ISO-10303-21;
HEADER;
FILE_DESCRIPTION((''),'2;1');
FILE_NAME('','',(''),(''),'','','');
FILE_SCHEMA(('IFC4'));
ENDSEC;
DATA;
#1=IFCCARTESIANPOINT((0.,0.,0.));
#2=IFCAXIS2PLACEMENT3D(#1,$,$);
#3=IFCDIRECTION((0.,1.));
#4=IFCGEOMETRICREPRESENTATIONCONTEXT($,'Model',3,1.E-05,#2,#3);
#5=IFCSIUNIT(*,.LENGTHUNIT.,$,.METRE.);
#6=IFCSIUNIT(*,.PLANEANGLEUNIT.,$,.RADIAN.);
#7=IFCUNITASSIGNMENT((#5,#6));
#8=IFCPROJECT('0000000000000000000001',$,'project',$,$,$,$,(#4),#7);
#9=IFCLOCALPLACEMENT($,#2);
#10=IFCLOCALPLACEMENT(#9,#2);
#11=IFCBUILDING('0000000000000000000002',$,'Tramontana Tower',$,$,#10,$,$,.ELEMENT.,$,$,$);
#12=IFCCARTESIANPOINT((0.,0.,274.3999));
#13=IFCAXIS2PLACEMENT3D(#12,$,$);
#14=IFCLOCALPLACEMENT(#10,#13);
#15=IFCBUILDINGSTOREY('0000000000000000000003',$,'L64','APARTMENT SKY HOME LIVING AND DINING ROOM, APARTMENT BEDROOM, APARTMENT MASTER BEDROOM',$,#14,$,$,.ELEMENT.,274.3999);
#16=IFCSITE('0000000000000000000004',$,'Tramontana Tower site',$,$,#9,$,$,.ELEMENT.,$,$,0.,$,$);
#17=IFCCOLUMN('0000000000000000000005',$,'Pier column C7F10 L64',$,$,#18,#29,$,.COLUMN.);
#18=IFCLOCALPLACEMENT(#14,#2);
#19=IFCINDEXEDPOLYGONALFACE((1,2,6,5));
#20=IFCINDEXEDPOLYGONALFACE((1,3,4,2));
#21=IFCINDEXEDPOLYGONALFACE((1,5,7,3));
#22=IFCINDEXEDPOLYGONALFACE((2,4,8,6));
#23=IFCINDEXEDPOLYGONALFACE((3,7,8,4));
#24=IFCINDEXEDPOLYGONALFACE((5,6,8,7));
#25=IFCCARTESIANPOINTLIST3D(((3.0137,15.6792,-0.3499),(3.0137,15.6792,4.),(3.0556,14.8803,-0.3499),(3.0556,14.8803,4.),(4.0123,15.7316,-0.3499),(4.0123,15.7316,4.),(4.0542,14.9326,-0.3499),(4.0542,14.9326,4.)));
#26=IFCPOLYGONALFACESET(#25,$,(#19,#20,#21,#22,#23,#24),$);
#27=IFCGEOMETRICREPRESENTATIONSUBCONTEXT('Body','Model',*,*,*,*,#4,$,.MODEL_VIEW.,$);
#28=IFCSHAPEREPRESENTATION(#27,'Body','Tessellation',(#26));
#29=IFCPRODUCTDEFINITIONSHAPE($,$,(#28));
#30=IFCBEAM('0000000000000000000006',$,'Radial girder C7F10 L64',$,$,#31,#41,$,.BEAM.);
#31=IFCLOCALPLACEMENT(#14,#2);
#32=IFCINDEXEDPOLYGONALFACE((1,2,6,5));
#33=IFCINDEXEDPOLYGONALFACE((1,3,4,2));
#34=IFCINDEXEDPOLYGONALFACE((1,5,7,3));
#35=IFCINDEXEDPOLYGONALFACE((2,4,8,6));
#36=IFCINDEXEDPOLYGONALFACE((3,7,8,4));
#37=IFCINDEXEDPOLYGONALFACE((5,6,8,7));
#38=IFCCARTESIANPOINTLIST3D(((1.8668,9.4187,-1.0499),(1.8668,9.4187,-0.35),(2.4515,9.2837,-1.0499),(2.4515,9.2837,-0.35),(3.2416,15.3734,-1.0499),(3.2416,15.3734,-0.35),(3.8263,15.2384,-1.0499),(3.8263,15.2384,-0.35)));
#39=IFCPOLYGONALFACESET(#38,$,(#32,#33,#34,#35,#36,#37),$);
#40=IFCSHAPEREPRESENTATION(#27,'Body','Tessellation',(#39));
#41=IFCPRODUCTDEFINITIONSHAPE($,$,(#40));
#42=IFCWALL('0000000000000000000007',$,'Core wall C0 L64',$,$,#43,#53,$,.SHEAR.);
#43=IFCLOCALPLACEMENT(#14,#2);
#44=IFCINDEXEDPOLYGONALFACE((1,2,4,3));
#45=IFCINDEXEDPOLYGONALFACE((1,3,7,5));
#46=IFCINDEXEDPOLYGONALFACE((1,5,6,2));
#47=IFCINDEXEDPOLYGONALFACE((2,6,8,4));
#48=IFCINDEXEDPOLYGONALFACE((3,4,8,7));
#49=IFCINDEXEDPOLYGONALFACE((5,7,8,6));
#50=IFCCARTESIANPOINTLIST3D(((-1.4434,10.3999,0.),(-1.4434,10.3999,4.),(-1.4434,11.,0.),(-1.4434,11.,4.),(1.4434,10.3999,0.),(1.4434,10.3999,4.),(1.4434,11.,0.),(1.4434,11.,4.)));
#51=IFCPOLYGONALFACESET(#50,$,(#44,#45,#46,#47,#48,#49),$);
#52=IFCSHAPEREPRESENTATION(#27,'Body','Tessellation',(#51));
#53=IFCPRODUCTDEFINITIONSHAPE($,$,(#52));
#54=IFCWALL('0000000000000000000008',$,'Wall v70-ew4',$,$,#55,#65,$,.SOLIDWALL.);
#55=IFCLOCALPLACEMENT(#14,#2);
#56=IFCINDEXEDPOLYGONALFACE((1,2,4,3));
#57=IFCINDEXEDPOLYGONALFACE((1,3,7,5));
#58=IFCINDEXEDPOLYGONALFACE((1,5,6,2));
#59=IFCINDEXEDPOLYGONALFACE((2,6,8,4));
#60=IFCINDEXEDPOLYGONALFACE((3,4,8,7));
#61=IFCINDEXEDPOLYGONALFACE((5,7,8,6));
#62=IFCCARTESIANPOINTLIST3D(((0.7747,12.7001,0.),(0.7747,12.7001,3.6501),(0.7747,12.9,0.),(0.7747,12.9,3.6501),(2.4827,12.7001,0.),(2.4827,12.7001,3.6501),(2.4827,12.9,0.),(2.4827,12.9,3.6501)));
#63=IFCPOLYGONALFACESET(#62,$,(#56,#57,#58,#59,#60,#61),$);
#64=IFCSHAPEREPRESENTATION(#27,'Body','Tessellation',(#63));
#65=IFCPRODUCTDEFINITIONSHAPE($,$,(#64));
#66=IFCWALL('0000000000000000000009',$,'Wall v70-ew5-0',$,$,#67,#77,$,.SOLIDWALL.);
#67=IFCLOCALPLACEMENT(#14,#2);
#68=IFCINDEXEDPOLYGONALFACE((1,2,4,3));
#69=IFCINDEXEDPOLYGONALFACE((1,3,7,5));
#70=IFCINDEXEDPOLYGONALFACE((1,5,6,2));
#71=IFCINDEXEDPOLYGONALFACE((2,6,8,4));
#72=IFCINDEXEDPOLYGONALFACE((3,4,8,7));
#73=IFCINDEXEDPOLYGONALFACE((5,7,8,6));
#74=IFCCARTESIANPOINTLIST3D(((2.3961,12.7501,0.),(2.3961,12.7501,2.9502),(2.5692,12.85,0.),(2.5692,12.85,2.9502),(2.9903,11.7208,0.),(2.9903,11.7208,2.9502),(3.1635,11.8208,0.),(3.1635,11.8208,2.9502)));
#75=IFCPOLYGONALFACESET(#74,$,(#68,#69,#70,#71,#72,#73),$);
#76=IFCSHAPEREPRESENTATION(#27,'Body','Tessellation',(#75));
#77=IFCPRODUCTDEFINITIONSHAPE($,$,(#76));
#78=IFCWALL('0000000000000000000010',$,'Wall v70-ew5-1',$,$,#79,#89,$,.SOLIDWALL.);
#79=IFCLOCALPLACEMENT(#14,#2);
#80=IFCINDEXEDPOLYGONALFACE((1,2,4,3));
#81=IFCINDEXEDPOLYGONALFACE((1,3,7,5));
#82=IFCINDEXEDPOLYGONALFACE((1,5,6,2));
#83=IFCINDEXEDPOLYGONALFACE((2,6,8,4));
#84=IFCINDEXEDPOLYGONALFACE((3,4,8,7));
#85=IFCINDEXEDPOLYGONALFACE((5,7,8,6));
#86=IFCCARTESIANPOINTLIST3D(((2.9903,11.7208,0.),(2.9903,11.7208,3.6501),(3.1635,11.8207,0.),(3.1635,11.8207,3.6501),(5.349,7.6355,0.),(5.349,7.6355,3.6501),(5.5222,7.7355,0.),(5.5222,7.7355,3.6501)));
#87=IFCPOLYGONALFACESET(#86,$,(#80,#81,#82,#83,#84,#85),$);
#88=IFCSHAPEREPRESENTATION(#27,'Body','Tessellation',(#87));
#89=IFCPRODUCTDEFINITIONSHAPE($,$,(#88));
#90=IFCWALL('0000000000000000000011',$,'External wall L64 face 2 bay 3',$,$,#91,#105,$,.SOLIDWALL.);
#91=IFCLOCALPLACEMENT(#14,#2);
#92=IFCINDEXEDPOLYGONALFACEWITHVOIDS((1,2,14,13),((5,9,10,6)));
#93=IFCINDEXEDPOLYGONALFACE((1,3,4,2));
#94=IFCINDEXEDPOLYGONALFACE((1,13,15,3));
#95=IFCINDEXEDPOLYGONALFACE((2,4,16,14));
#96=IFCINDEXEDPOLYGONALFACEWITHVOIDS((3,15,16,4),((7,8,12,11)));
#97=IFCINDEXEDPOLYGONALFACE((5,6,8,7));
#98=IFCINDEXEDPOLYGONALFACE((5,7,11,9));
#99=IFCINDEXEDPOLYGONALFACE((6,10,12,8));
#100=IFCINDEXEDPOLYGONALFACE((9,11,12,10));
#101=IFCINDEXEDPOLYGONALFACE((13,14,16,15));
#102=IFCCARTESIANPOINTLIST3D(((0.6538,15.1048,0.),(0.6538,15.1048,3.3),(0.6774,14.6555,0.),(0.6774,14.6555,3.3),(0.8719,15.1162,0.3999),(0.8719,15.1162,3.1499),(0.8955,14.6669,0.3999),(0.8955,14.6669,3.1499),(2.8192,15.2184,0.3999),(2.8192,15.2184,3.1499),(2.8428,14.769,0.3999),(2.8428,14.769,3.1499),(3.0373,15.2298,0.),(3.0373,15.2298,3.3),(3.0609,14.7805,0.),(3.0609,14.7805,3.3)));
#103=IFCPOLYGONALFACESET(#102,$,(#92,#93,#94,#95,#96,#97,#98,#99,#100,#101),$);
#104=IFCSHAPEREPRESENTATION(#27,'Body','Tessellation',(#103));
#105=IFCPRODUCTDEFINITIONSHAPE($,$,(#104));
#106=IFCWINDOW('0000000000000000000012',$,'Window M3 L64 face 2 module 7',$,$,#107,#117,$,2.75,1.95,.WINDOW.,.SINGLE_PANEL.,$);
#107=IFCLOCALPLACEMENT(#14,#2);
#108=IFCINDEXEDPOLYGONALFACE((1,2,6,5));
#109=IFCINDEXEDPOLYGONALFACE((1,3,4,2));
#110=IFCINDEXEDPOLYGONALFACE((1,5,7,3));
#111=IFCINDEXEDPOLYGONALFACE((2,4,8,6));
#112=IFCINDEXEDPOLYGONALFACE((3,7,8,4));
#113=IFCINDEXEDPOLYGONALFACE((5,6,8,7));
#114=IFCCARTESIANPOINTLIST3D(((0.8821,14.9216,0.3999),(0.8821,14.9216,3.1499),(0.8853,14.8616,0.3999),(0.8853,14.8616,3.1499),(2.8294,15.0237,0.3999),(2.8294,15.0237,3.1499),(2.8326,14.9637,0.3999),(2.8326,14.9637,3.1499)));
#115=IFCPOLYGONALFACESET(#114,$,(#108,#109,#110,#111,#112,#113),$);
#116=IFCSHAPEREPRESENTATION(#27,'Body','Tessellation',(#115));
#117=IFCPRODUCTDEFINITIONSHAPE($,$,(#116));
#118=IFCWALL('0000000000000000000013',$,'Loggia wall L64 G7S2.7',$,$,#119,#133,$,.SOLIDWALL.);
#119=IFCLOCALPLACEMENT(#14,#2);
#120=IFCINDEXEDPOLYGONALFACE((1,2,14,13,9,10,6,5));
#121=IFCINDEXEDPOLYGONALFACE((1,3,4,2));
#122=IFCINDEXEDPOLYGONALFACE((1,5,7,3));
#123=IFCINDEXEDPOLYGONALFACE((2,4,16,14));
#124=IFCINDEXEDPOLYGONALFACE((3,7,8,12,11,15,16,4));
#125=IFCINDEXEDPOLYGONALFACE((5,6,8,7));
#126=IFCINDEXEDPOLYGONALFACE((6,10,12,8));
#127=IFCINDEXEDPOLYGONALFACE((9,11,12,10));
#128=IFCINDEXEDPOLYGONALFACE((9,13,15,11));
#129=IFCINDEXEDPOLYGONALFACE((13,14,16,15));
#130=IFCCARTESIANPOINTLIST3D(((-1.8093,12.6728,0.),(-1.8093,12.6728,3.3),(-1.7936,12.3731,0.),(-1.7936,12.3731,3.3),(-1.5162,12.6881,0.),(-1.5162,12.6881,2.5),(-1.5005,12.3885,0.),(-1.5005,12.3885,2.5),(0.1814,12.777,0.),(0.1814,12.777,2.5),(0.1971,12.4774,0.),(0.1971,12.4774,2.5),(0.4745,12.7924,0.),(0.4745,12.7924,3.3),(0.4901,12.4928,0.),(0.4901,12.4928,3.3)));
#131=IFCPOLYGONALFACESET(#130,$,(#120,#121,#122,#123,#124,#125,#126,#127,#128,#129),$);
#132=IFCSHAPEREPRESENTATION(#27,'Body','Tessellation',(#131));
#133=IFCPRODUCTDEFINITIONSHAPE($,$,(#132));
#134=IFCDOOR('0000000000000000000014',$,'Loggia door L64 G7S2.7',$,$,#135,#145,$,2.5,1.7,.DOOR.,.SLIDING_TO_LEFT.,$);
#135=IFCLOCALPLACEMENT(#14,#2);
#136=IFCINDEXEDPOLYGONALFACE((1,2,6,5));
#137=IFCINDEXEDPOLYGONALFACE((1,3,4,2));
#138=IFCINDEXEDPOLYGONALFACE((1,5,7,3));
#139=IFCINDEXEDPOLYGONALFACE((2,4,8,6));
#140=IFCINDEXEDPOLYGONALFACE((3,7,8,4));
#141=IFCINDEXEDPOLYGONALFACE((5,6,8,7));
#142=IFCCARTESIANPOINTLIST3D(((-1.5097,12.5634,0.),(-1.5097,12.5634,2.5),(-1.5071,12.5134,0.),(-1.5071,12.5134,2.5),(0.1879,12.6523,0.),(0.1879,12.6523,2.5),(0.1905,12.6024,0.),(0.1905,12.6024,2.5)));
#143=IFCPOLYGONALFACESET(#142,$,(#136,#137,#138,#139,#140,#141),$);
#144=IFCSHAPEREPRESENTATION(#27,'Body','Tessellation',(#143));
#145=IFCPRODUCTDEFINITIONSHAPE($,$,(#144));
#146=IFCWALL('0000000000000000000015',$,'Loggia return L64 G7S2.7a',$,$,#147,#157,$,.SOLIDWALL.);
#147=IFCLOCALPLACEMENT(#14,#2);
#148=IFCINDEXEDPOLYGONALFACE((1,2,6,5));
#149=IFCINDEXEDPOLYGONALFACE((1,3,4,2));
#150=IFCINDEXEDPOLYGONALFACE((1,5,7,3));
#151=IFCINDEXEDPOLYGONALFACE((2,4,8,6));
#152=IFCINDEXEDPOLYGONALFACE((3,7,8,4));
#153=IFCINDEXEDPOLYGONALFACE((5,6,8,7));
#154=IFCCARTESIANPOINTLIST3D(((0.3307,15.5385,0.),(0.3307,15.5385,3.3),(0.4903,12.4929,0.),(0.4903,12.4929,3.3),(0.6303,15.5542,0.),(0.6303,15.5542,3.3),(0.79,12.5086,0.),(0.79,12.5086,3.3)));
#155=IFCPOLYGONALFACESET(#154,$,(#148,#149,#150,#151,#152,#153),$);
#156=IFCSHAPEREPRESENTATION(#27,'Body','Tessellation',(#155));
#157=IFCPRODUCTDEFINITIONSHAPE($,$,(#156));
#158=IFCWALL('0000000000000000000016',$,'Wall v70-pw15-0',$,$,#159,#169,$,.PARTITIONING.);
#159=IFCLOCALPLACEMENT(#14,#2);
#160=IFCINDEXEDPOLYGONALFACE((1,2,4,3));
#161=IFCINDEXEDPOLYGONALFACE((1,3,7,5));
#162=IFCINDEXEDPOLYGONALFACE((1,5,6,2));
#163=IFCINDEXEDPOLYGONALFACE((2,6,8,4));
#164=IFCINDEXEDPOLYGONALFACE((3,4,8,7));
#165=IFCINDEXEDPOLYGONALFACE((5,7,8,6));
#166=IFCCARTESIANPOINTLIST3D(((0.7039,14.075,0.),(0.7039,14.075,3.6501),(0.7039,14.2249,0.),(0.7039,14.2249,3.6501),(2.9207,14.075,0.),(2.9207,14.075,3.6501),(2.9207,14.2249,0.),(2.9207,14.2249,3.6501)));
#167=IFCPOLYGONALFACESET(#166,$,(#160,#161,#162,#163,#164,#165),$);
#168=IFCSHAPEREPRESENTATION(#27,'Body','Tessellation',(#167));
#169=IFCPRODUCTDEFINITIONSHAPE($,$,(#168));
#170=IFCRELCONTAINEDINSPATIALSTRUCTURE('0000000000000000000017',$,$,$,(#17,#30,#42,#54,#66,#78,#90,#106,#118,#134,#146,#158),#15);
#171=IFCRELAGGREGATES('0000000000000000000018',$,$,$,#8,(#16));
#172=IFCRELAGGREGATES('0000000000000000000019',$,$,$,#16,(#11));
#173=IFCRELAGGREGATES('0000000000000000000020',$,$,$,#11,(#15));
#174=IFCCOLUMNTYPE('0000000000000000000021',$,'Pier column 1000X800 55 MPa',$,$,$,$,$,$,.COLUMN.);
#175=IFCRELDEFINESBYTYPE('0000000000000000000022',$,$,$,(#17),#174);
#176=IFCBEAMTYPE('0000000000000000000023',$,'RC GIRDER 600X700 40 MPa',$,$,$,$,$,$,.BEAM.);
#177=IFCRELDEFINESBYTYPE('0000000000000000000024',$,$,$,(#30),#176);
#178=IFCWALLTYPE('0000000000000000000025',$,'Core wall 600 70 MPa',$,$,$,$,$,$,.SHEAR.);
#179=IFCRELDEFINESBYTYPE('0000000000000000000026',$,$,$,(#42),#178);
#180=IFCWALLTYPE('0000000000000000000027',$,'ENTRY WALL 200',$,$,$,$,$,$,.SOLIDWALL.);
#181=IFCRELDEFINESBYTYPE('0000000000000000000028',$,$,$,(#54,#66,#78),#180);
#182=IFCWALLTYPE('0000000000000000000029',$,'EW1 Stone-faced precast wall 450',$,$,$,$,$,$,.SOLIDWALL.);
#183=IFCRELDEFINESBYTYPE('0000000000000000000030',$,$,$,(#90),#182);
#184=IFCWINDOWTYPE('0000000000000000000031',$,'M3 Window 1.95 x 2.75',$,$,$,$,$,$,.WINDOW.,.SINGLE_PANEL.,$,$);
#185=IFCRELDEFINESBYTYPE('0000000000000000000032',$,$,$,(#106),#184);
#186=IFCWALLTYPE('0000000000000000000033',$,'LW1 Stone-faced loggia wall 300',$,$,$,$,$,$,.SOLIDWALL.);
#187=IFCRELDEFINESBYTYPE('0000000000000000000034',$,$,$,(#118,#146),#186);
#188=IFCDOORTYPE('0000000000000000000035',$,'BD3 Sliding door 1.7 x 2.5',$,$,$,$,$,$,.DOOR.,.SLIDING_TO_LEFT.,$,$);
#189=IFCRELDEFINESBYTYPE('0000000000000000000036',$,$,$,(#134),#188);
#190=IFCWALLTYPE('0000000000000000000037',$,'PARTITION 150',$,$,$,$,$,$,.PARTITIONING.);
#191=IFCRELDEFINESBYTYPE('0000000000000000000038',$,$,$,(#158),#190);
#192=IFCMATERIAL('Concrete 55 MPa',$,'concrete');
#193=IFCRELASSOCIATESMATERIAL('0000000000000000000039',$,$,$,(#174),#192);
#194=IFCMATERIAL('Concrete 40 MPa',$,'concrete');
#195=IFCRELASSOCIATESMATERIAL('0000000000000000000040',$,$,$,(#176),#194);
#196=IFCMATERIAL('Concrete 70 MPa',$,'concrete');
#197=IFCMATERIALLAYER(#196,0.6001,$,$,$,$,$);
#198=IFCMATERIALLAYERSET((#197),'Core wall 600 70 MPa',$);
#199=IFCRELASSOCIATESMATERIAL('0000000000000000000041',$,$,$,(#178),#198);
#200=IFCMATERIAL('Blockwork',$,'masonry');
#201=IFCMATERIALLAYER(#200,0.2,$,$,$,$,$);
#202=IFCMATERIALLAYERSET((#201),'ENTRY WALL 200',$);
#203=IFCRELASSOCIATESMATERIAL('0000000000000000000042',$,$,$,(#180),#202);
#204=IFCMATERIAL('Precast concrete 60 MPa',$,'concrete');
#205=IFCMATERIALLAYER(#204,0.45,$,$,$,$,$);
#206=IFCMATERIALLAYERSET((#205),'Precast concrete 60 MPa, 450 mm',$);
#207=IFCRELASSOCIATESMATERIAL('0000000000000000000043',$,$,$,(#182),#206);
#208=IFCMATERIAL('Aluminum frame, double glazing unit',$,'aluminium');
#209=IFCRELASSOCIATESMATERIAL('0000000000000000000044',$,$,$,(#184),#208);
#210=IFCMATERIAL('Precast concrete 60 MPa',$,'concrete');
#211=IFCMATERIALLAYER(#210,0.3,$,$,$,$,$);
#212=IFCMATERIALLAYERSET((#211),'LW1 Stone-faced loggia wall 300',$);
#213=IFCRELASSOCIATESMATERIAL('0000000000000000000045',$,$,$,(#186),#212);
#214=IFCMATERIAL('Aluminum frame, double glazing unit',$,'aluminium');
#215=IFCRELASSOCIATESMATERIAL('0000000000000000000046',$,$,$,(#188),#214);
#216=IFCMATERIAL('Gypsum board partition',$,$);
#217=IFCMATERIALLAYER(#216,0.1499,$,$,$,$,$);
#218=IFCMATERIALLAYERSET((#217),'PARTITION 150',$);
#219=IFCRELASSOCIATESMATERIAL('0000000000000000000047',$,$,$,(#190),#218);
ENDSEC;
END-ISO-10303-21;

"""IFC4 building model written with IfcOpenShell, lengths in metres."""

from ifc_helpers import new_model, si_unit, direction, frame, frame_2d, origin, origin_2d, place, context, subcontext, project, spatial, rectangle, extrude, material, layer, layer_set, material_profile, profile_set, type_object, element, fill, save


model = new_model("IFC4")

# Units and contexts
model_context = context("Model", 3, precision=1e-05, world=origin(), true_north=direction((0.0, 1.0)))
body_context = subcontext(model_context, "Body", "Model", "MODEL_VIEW")
ifc_project = project(units=[si_unit("LENGTHUNIT", "METRE"), si_unit("PLANEANGLEUNIT", "RADIAN")], contexts=[model_context])

# Site, building, storey
site_placement = place(None, origin())
site = spatial("IfcSite", under=ifc_project, at=site_placement, Name="Tramontana Tower site", CompositionType="ELEMENT", RefElevation=0.0)
building_placement = place(site_placement, origin())
building = spatial("IfcBuilding", under=site, at=building_placement, Name="Tramontana Tower", CompositionType="ELEMENT")
storey_placement = place(building_placement, frame((0.0, 0.0, 274.3999)))
storey = spatial("IfcBuildingStorey", under=building, at=storey_placement, Name="L64", Description="APARTMENT SKY HOME LIVING AND DINING ROOM, APARTMENT BEDROOM, APARTMENT MASTER BEDROOM", CompositionType="ELEMENT", Elevation=274.3999)

# Column
ifc_material_1 = material(Name="Concrete 55 MPa", Category="concrete")
ifc_material_profile_1 = material_profile(ifc_material_1, rectangle(XDim=1.0, YDim=0.8, at=origin_2d()), Name="Pier column 1000X800 55 MPa")
ifc_profile_set_1 = profile_set([ifc_material_profile_1], Name="Concrete 55 MPa")
column_type = type_object("IfcColumnType", Name="Pier column 1000X800 55 MPa", PredefinedType="COLUMN", material=ifc_profile_set_1)
column_placement = place(storey_placement, frame((3.5339, 15.3059, -0.3499), z_axis=(0.0, 0.0, 1.0), x_axis=(-0.99863, -0.052336, 0.0)))
element("IfcColumn", 1, at=column_placement, inside=storey, type_object=column_type, Name="Pier column C7F10 L64", PredefinedType="COLUMN", context=body_context, shape_type="SweptSolid", body=[
    extrude(rectangle(XDim=1.0, YDim=0.8, at=origin_2d()), origin(), (0.0, 0.0, 1.0), 4.3499),
])

# Beam
ifc_material_2 = material(Name="Concrete 40 MPa", Category="concrete")
ifc_material_profile_2 = material_profile(ifc_material_2, rectangle(XDim=0.6001, YDim=0.7, at=origin_2d()), Name="RC GIRDER 600X700 40 MPa")
ifc_profile_set_2 = profile_set([ifc_material_profile_2], Name="Concrete 40 MPa")
beam_type = type_object("IfcBeamType", Name="RC GIRDER 600X700 40 MPa", PredefinedType="BEAM", material=ifc_profile_set_2)
beam_placement = place(storey_placement, frame((3.5339, 15.3059, -0.7), z_axis=(-0.224956, -0.974369, 0.0), x_axis=(0.974369, -0.224956, 0.0)))
element("IfcBeam", 2, at=beam_placement, inside=storey, type_object=beam_type, Name="Radial girder C7F10 L64", PredefinedType="BEAM", context=body_context, shape_type="SweptSolid", body=[
    extrude(rectangle(XDim=0.6001, YDim=0.7, at=origin_2d()), origin(), (0.0, 0.0, 1.0), 6.1113),
])

# Walls
ifc_material_3 = material(Name="Concrete 70 MPa", Category="concrete")
ifc_layer_1 = layer(ifc_material_3, 0.6001)
ifc_layer_set_1 = layer_set([ifc_layer_1], Name="Core wall 600 70 MPa")
wall_type_1 = type_object("IfcWallType", Name="Core wall 600 70 MPa", PredefinedType="SHEAR", material=ifc_layer_set_1)
wall_1_placement = place(storey_placement, frame((1.4434, 10.7, 0.0), z_axis=(0.0, 0.0, 1.0), x_axis=(-1.0, 0.0, 0.0)))
element("IfcWall", 3, at=wall_1_placement, inside=storey, type_object=wall_type_1, Name="Core wall C0 L64", PredefinedType="SHEAR", context=body_context, shape_type="SweptSolid", body=[
    extrude(rectangle(XDim=2.8867, YDim=0.6001, at=frame_2d((1.4434, 0.0))), origin(), (0.0, 0.0, 1.0), 4.0),
])
ifc_material_4 = material(Name="Blockwork", Category="masonry")
ifc_layer_2 = layer(ifc_material_4, 0.2)
ifc_layer_set_2 = layer_set([ifc_layer_2], Name="ENTRY WALL 200")
wall_type_2 = type_object("IfcWallType", Name="ENTRY WALL 200", PredefinedType="SOLIDWALL", material=ifc_layer_set_2)
wall_2_placement = place(storey_placement, frame((0.7747, 12.8, 0.0), z_axis=(0.0, 0.0, 1.0), x_axis=(1.0, 0.0, 0.0)))
element("IfcWall", 4, at=wall_2_placement, inside=storey, type_object=wall_type_2, Name="Wall v70-ew4", PredefinedType="SOLIDWALL", context=body_context, shape_type="SweptSolid", body=[
    extrude(rectangle(XDim=1.708, YDim=0.2, at=frame_2d((0.854, 0.0))), origin(), (0.0, 0.0, 1.0), 3.6501),
])
wall_3_placement = place(storey_placement, frame((2.4827, 12.8, 0.0), z_axis=(0.0, 0.0, 1.0), x_axis=(0.499983, -0.866035, 0.0)))
element("IfcWall", 5, at=wall_3_placement, inside=storey, type_object=wall_type_2, Name="Wall v70-ew5-0", PredefinedType="SOLIDWALL", context=body_context, shape_type="SweptSolid", body=[
    extrude(rectangle(XDim=1.1885, YDim=0.2, at=frame_2d((0.5942, 0.0))), origin(), (0.0, 0.0, 1.0), 2.9502),
])
wall_4_placement = place(storey_placement, frame((3.0769, 11.7708, 0.0), z_axis=(0.0, 0.0, 1.0), x_axis=(0.500008, -0.866021, 0.0)))
element("IfcWall", 6, at=wall_4_placement, inside=storey, type_object=wall_type_2, Name="Wall v70-ew5-1", PredefinedType="SOLIDWALL", context=body_context, shape_type="SweptSolid", body=[
    extrude(rectangle(XDim=4.7173, YDim=0.2, at=frame_2d((2.3586, 0.0))), origin(), (0.0, 0.0, 1.0), 3.6501),
])

# Wall, opening, window
ifc_material_5 = material(Name="Precast concrete 60 MPa", Category="concrete")
ifc_layer_3 = layer(ifc_material_5, 0.45)
ifc_layer_set_3 = layer_set([ifc_layer_3], Name="Precast concrete 60 MPa, 450 mm")
wall_type_3 = type_object("IfcWallType", Name="EW1 Stone-faced precast wall 450", PredefinedType="SOLIDWALL", material=ifc_layer_set_3)
wall_5_placement = place(storey_placement, frame((3.0491, 15.0051, 0.0), z_axis=(0.0, 0.0, 1.0), x_axis=(-0.998628, -0.052371, 0.0)))
wall_5 = element("IfcWall", 7, at=wall_5_placement, inside=storey, type_object=wall_type_3, Name="External wall L64 face 2 bay 3", PredefinedType="SOLIDWALL", context=body_context, shape_type="SweptSolid", body=[
    extrude(rectangle(XDim=2.3867, YDim=0.45, at=frame_2d((1.1934, 0.0))), origin(), (0.0, 0.0, 1.0), 3.3),
])
opening_1_placement = place(wall_5_placement, frame((0.2183, 0.0, 0.3999)))
opening_1 = element("IfcOpeningElement", 8, at=opening_1_placement, cuts=wall_5, PredefinedType="OPENING", context=body_context, shape_type="SweptSolid", body=[
    extrude(rectangle(XDim=1.95, YDim=2.75, at=frame_2d((0.9751, 1.375))), frame((0.0, 0.2349, 0.0), z_axis=(0.0, -1.0, 0.0), x_axis=(1.0, 0.0, 0.0)), (0.0, 0.0, 1.0), 0.47),
])
ifc_material_6 = material(Name="Aluminum frame, double glazing unit", Category="aluminium")
window_type = type_object("IfcWindowType", Name="M3 Window 1.95 x 2.75", PartitioningType="SINGLE_PANEL", PredefinedType="WINDOW", material=ifc_material_6)
window_placement = place(opening_1_placement, origin())
window = element("IfcWindow", 9, at=window_placement, inside=storey, type_object=window_type, Name="Window M3 L64 face 2 module 7", OverallHeight=2.75, OverallWidth=1.95, PartitioningType="SINGLE_PANEL", PredefinedType="WINDOW", context=body_context, shape_type="SweptSolid", body=[
    extrude(rectangle(XDim=1.95, YDim=2.75, at=frame_2d((0.9751, 1.375))), frame((0.0, 0.03, 0.0), z_axis=(0.0, -1.0, 0.0), x_axis=(1.0, 0.0, 0.0)), (0.0, 0.0, 1.0), 0.0601),
])
fill(opening_1, window)

# Wall, opening, door
ifc_material_7 = material(Name="Precast concrete 60 MPa", Category="concrete")
ifc_layer_4 = layer(ifc_material_7, 0.3)
ifc_layer_set_4 = layer_set([ifc_layer_4], Name="LW1 Stone-faced loggia wall 300")
wall_type_4 = type_object("IfcWallType", Name="LW1 Stone-faced loggia wall 300", PredefinedType="SOLIDWALL", material=ifc_layer_set_4)
wall_6_placement = place(storey_placement, frame((0.4824, 12.6426, 0.0), z_axis=(0.0, 0.0, 1.0), x_axis=(-0.998631, -0.052312, 0.0)))
wall_6 = element("IfcWall", 10, at=wall_6_placement, inside=storey, type_object=wall_type_4, Name="Loggia wall L64 G7S2.7", PredefinedType="SOLIDWALL", context=body_context, shape_type="SweptSolid", body=[
    extrude(rectangle(XDim=2.2869, YDim=0.3, at=frame_2d((1.1436, 0.0))), origin(), (0.0, 0.0, 1.0), 3.3),
])
opening_2_placement = place(wall_6_placement, frame((0.2935, 0.0, 0.0)))
opening_2 = element("IfcOpeningElement", 11, at=opening_2_placement, cuts=wall_6, PredefinedType="OPENING", context=body_context, shape_type="SweptSolid", body=[
    extrude(rectangle(XDim=1.7, YDim=2.5, at=frame_2d((0.8501, 1.25))), frame((0.0, 0.1599, 0.0), z_axis=(0.0, -1.0, 0.0), x_axis=(1.0, 0.0, 0.0)), (0.0, 0.0, 1.0), 0.3201),
])
ifc_material_8 = material(Name="Aluminum frame, double glazing unit", Category="aluminium")
door_type_1 = type_object("IfcDoorType", Name="BD3 Sliding door 1.7 x 2.5", OperationType="SLIDING_TO_LEFT", PredefinedType="DOOR", material=ifc_material_8)
door_1_placement = place(opening_2_placement, origin())
door_1 = element("IfcDoor", 12, at=door_1_placement, inside=storey, type_object=door_type_1, Name="Loggia door L64 G7S2.7", OperationType="SLIDING_TO_LEFT", OverallHeight=2.5, OverallWidth=1.7, PredefinedType="DOOR", context=body_context, shape_type="SweptSolid", body=[
    extrude(rectangle(XDim=1.7, YDim=2.5, at=frame_2d((0.8501, 1.25))), frame((0.0, 0.0249, 0.0), z_axis=(0.0, -1.0, 0.0), x_axis=(1.0, 0.0, 0.0)), (0.0, 0.0, 1.0), 0.05),
])
fill(opening_2, door_1)

# Walls
wall_7_placement = place(storey_placement, frame((0.4805, 15.5464, 0.0), z_axis=(0.0, 0.0, 1.0), x_axis=(0.052353, -0.998629, 0.0)))
element("IfcWall", 13, at=wall_7_placement, inside=storey, type_object=wall_type_4, Name="Loggia return L64 G7S2.7a", PredefinedType="SOLIDWALL", context=body_context, shape_type="SweptSolid", body=[
    extrude(rectangle(XDim=3.0498, YDim=0.3, at=frame_2d((1.5249, 0.0))), origin(), (0.0, 0.0, 1.0), 3.3),
])
ifc_material_9 = material(Name="Gypsum board partition")
ifc_layer_5 = layer(ifc_material_9, 0.1499)
ifc_layer_set_5 = layer_set([ifc_layer_5], Name="PARTITION 150")
wall_type_5 = type_object("IfcWallType", Name="PARTITION 150", PredefinedType="PARTITIONING", material=ifc_layer_set_5)
wall_8_placement = place(storey_placement, frame((0.7039, 14.1499, 0.0), z_axis=(0.0, 0.0, 1.0), x_axis=(1.0, 0.0, 0.0)))
element("IfcWall", 14, at=wall_8_placement, inside=storey, type_object=wall_type_5, Name="Wall v70-pw15-0", PredefinedType="PARTITIONING", context=body_context, shape_type="SweptSolid", body=[
    extrude(rectangle(XDim=2.2168, YDim=0.1499, at=frame_2d((1.1084, 0.0))), origin(), (0.0, 0.0, 1.0), 3.6501),
])

save(model, "model.ifc")
